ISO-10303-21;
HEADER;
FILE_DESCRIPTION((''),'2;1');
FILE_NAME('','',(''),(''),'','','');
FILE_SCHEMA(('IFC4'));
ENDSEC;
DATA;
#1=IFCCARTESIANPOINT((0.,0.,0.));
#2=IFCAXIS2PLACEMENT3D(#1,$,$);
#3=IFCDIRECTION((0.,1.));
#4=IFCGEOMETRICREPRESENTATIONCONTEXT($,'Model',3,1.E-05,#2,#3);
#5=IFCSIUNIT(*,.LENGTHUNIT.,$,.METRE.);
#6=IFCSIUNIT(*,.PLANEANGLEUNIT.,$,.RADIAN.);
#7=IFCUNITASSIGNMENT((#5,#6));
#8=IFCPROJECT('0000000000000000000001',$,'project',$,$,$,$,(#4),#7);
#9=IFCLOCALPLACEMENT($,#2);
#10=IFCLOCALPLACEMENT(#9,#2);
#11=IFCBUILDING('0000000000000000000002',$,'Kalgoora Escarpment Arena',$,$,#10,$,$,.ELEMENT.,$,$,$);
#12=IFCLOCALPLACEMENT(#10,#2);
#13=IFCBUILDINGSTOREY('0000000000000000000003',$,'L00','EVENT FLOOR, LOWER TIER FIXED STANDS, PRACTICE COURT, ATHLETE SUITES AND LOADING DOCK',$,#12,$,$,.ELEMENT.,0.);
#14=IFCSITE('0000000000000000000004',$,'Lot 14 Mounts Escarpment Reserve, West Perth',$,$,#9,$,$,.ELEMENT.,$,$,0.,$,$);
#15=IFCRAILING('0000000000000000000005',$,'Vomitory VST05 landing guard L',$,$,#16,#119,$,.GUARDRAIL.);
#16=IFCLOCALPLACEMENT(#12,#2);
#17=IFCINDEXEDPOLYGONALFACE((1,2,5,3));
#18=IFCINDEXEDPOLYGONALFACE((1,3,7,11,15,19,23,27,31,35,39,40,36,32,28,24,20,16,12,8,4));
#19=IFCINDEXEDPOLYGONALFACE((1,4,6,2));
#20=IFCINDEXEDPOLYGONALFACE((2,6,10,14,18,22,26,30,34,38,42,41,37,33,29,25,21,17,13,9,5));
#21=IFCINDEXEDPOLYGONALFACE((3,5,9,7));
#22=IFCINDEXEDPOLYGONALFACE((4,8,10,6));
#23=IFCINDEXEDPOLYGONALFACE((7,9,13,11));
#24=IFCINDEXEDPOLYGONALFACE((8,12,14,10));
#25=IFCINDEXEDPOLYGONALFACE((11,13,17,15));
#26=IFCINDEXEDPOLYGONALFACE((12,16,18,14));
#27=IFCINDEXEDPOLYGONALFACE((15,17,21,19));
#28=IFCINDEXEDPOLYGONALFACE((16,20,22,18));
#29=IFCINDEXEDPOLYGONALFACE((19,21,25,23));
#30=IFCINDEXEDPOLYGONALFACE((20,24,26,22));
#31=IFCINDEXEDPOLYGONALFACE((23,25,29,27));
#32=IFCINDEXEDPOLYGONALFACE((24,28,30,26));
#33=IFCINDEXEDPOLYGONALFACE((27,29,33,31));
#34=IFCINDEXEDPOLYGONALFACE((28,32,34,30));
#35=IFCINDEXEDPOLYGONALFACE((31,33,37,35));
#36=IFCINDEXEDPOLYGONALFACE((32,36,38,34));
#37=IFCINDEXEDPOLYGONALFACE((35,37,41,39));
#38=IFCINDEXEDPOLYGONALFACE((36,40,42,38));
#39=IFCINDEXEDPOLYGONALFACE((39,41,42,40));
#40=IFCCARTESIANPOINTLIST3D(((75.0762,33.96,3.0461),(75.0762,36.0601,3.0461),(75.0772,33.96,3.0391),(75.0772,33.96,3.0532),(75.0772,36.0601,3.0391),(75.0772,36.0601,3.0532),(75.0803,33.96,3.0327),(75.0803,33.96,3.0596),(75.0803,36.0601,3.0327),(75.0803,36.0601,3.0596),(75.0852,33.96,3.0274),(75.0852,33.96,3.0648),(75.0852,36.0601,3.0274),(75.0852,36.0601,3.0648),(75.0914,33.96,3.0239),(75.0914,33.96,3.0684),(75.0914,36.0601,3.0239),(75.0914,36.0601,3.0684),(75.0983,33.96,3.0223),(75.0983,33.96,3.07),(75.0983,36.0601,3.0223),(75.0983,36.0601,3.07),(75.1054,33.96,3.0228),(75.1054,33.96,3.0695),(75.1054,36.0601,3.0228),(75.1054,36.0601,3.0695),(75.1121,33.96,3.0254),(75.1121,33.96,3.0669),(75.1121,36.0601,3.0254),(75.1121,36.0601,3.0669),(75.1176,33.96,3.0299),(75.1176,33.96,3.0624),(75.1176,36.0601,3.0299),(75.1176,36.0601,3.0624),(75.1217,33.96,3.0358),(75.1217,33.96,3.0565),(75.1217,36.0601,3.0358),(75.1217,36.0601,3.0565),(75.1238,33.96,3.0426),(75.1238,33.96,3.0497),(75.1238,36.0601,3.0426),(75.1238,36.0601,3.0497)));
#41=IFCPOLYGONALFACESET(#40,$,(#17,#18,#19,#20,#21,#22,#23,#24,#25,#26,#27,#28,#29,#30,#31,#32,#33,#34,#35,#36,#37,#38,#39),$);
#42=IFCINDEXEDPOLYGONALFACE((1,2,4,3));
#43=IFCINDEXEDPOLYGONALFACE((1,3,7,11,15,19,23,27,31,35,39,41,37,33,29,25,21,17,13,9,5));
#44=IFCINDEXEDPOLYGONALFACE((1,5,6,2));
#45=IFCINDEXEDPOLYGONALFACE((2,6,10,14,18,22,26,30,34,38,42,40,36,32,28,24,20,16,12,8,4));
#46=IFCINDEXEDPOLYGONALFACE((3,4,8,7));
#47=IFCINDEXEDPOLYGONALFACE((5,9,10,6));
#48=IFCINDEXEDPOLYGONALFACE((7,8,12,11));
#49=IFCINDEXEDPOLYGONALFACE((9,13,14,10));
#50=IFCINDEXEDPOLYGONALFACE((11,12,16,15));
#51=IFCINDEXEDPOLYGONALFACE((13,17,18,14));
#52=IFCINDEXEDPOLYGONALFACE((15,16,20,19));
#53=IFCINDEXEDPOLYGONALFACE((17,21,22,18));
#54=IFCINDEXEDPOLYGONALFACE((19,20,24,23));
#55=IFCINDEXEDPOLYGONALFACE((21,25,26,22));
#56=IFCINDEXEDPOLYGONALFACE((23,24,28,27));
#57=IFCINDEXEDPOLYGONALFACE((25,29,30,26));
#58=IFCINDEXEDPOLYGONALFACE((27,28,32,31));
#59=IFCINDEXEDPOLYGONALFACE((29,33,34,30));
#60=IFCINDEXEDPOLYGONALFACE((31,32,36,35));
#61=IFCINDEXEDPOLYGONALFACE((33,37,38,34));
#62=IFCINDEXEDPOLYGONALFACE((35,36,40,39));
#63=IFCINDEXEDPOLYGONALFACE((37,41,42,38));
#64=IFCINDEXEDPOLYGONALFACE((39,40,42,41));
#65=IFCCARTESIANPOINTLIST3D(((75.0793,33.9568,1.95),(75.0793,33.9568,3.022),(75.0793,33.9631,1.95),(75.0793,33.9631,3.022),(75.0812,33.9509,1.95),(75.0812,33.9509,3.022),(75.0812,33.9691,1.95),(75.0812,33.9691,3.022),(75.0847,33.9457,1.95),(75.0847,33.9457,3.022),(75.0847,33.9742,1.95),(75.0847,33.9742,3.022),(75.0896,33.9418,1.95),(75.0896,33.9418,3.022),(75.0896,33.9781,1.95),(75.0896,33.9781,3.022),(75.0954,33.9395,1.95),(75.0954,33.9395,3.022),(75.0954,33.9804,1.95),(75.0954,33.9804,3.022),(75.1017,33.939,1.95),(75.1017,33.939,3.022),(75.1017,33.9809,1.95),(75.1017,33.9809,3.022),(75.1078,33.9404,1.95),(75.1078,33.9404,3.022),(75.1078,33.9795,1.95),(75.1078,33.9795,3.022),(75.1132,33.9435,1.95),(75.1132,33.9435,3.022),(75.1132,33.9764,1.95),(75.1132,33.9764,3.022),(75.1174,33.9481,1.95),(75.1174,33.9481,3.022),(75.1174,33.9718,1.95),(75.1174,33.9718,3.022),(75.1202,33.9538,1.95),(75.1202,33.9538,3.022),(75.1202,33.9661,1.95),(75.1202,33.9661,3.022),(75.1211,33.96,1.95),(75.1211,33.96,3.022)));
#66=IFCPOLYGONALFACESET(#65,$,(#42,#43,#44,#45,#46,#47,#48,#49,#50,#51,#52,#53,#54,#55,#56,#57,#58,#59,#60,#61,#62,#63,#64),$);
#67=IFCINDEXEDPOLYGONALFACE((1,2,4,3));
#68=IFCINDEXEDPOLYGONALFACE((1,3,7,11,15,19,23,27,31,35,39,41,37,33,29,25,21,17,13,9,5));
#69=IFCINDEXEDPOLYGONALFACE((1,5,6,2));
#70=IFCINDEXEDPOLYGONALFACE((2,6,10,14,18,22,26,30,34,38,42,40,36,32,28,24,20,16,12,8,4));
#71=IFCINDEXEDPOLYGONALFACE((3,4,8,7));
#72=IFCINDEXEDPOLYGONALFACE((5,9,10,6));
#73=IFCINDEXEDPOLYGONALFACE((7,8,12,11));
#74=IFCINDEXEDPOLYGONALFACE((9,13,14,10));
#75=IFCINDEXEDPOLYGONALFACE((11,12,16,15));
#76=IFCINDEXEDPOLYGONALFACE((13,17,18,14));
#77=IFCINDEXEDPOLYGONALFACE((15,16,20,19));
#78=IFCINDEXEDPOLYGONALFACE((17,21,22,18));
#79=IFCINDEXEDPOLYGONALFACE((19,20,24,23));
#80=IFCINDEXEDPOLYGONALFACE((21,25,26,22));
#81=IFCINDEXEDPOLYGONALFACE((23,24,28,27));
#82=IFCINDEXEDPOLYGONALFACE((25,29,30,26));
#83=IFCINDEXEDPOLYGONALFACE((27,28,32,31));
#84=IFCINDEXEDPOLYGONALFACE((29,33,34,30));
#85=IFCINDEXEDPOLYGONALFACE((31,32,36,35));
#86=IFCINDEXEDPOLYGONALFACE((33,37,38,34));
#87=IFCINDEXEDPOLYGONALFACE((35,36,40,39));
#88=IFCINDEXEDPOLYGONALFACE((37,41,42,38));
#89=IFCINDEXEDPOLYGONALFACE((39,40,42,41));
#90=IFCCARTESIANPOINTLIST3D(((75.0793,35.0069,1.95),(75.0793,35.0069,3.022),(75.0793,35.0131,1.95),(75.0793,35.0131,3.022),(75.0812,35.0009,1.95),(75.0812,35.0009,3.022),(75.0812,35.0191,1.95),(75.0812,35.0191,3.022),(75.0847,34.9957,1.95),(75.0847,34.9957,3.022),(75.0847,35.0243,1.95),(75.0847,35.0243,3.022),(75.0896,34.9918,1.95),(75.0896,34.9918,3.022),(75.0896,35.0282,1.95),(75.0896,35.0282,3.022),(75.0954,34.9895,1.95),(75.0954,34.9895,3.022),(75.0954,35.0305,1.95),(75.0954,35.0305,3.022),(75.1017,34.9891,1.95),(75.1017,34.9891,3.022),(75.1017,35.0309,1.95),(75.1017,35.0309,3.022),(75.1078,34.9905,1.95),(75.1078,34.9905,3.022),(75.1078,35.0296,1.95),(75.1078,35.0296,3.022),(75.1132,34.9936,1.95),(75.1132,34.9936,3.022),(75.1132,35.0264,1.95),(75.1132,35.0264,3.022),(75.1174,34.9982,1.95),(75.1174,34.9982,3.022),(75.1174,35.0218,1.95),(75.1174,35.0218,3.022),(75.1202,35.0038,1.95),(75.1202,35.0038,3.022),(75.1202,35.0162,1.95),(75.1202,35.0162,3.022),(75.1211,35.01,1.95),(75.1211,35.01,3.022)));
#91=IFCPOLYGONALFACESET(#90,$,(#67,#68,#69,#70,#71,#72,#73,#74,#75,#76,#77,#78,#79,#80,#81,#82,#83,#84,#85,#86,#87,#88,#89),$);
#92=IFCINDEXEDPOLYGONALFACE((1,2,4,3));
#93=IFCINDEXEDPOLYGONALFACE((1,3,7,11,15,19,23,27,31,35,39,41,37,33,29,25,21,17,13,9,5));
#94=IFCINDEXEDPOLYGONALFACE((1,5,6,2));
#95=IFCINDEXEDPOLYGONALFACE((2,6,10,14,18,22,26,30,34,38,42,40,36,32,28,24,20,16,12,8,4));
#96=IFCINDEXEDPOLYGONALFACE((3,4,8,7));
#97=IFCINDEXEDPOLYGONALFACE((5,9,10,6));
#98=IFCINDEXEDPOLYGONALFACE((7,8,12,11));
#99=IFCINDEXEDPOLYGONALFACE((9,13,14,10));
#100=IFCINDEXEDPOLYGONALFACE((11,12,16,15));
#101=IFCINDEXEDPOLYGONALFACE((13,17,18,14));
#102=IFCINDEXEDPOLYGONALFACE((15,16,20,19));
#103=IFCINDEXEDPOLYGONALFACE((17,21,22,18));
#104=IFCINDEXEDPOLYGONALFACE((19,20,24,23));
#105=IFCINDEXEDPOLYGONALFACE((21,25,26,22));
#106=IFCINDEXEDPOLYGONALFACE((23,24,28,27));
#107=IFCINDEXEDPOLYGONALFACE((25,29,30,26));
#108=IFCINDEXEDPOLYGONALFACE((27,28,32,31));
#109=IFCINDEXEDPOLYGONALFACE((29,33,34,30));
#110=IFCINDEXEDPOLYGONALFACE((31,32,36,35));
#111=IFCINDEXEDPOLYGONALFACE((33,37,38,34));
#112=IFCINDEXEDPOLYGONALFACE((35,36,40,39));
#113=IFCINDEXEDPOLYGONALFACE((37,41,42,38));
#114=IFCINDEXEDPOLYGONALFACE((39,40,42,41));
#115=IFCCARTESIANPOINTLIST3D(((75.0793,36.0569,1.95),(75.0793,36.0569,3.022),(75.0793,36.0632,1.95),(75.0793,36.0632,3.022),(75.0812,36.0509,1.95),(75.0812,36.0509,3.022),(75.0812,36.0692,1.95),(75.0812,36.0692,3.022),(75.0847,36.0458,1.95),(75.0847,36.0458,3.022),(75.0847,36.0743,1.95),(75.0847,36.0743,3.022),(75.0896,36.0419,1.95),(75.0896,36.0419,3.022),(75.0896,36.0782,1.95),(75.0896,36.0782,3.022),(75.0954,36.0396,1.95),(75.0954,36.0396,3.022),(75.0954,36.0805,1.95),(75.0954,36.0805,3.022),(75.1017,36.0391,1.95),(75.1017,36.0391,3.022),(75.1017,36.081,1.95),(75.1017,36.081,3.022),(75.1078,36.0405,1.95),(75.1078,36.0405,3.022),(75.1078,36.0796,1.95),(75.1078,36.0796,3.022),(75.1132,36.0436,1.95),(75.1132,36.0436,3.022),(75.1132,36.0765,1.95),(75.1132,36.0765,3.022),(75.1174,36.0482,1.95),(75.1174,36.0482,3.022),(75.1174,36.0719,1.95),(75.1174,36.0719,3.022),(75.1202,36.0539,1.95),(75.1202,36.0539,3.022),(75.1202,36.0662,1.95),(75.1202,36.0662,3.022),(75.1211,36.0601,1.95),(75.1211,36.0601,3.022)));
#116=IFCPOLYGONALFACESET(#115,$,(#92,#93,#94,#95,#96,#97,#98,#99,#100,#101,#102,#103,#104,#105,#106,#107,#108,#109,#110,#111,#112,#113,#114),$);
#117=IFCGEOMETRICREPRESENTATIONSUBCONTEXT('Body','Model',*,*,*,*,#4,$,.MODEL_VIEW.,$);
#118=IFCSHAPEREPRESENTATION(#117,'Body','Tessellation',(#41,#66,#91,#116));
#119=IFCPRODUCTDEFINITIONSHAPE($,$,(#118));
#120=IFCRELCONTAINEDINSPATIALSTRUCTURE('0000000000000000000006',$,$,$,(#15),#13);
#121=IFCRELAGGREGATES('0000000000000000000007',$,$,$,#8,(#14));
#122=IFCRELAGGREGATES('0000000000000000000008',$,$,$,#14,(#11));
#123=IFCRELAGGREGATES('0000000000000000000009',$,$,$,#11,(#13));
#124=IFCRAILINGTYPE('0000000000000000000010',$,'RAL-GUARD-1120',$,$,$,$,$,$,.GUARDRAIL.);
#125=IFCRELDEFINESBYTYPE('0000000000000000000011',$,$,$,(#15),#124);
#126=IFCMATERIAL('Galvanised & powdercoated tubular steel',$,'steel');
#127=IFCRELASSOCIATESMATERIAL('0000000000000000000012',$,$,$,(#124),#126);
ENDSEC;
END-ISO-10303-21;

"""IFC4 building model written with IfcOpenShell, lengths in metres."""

from ifc_helpers import new_model, si_unit, direction, frame, origin, origin_2d, place, context, subcontext, project, spatial, circle, extrude, material, type_object, element, save


model = new_model("IFC4")

# Units and contexts
model_context = context("Model", 3, precision=1e-05, world=origin(), true_north=direction((0.0, 1.0)))
body_context = subcontext(model_context, "Body", "Model", "MODEL_VIEW")
ifc_project = project(units=[si_unit("LENGTHUNIT", "METRE"), si_unit("PLANEANGLEUNIT", "RADIAN")], contexts=[model_context])

# Site, building, storey
site_placement = place(None, origin())
site = spatial("IfcSite", under=ifc_project, at=site_placement, Name="Lot 14 Mounts Escarpment Reserve, West Perth", CompositionType="ELEMENT", RefElevation=0.0)
building_placement = place(site_placement, origin())
building = spatial("IfcBuilding", under=site, at=building_placement, Name="Kalgoora Escarpment Arena", CompositionType="ELEMENT")
storey_placement = place(building_placement, origin())
storey = spatial("IfcBuildingStorey", under=building, at=storey_placement, Name="L00", Description="EVENT FLOOR, LOWER TIER FIXED STANDS, PRACTICE COURT, ATHLETE SUITES AND LOADING DOCK", CompositionType="ELEMENT", Elevation=0.0)

# Railing
ifc_material_1 = material(Name="Galvanised & powdercoated tubular steel", Category="steel")
railing_type_1 = type_object("IfcRailingType", Name="RAL-GUARD-1120", PredefinedType="GUARDRAIL", material=ifc_material_1)
railing_1_placement = place(storey_placement, frame((75.1001, 33.96, 1.95)))
element("IfcRailing", 1, at=railing_1_placement, inside=storey, type_object=railing_type_1, Name="Vomitory VST05 landing guard L", PredefinedType="GUARDRAIL", context=body_context, shape_type="SweptSolid", body=[
    extrude(circle(Radius=0.0239, at=origin_2d()), frame((0.0, 0.0, 1.0962), z_axis=(0.0, 1.0, 0.0), x_axis=(-1.0, 0.0, 0.0)), (0.0, 0.0, 1.0), 2.1001),
    extrude(circle(Radius=0.021, at=origin_2d()), origin(), (0.0, 0.0, 1.0), 1.072),
    extrude(circle(Radius=0.021, at=origin_2d()), frame((0.0, 1.05, 0.0)), (0.0, 0.0, 1.0), 1.072),
    extrude(circle(Radius=0.021, at=origin_2d()), frame((0.0, 2.1001, 0.0)), (0.0, 0.0, 1.0), 1.072),
])

save(model, "model.ifc")
